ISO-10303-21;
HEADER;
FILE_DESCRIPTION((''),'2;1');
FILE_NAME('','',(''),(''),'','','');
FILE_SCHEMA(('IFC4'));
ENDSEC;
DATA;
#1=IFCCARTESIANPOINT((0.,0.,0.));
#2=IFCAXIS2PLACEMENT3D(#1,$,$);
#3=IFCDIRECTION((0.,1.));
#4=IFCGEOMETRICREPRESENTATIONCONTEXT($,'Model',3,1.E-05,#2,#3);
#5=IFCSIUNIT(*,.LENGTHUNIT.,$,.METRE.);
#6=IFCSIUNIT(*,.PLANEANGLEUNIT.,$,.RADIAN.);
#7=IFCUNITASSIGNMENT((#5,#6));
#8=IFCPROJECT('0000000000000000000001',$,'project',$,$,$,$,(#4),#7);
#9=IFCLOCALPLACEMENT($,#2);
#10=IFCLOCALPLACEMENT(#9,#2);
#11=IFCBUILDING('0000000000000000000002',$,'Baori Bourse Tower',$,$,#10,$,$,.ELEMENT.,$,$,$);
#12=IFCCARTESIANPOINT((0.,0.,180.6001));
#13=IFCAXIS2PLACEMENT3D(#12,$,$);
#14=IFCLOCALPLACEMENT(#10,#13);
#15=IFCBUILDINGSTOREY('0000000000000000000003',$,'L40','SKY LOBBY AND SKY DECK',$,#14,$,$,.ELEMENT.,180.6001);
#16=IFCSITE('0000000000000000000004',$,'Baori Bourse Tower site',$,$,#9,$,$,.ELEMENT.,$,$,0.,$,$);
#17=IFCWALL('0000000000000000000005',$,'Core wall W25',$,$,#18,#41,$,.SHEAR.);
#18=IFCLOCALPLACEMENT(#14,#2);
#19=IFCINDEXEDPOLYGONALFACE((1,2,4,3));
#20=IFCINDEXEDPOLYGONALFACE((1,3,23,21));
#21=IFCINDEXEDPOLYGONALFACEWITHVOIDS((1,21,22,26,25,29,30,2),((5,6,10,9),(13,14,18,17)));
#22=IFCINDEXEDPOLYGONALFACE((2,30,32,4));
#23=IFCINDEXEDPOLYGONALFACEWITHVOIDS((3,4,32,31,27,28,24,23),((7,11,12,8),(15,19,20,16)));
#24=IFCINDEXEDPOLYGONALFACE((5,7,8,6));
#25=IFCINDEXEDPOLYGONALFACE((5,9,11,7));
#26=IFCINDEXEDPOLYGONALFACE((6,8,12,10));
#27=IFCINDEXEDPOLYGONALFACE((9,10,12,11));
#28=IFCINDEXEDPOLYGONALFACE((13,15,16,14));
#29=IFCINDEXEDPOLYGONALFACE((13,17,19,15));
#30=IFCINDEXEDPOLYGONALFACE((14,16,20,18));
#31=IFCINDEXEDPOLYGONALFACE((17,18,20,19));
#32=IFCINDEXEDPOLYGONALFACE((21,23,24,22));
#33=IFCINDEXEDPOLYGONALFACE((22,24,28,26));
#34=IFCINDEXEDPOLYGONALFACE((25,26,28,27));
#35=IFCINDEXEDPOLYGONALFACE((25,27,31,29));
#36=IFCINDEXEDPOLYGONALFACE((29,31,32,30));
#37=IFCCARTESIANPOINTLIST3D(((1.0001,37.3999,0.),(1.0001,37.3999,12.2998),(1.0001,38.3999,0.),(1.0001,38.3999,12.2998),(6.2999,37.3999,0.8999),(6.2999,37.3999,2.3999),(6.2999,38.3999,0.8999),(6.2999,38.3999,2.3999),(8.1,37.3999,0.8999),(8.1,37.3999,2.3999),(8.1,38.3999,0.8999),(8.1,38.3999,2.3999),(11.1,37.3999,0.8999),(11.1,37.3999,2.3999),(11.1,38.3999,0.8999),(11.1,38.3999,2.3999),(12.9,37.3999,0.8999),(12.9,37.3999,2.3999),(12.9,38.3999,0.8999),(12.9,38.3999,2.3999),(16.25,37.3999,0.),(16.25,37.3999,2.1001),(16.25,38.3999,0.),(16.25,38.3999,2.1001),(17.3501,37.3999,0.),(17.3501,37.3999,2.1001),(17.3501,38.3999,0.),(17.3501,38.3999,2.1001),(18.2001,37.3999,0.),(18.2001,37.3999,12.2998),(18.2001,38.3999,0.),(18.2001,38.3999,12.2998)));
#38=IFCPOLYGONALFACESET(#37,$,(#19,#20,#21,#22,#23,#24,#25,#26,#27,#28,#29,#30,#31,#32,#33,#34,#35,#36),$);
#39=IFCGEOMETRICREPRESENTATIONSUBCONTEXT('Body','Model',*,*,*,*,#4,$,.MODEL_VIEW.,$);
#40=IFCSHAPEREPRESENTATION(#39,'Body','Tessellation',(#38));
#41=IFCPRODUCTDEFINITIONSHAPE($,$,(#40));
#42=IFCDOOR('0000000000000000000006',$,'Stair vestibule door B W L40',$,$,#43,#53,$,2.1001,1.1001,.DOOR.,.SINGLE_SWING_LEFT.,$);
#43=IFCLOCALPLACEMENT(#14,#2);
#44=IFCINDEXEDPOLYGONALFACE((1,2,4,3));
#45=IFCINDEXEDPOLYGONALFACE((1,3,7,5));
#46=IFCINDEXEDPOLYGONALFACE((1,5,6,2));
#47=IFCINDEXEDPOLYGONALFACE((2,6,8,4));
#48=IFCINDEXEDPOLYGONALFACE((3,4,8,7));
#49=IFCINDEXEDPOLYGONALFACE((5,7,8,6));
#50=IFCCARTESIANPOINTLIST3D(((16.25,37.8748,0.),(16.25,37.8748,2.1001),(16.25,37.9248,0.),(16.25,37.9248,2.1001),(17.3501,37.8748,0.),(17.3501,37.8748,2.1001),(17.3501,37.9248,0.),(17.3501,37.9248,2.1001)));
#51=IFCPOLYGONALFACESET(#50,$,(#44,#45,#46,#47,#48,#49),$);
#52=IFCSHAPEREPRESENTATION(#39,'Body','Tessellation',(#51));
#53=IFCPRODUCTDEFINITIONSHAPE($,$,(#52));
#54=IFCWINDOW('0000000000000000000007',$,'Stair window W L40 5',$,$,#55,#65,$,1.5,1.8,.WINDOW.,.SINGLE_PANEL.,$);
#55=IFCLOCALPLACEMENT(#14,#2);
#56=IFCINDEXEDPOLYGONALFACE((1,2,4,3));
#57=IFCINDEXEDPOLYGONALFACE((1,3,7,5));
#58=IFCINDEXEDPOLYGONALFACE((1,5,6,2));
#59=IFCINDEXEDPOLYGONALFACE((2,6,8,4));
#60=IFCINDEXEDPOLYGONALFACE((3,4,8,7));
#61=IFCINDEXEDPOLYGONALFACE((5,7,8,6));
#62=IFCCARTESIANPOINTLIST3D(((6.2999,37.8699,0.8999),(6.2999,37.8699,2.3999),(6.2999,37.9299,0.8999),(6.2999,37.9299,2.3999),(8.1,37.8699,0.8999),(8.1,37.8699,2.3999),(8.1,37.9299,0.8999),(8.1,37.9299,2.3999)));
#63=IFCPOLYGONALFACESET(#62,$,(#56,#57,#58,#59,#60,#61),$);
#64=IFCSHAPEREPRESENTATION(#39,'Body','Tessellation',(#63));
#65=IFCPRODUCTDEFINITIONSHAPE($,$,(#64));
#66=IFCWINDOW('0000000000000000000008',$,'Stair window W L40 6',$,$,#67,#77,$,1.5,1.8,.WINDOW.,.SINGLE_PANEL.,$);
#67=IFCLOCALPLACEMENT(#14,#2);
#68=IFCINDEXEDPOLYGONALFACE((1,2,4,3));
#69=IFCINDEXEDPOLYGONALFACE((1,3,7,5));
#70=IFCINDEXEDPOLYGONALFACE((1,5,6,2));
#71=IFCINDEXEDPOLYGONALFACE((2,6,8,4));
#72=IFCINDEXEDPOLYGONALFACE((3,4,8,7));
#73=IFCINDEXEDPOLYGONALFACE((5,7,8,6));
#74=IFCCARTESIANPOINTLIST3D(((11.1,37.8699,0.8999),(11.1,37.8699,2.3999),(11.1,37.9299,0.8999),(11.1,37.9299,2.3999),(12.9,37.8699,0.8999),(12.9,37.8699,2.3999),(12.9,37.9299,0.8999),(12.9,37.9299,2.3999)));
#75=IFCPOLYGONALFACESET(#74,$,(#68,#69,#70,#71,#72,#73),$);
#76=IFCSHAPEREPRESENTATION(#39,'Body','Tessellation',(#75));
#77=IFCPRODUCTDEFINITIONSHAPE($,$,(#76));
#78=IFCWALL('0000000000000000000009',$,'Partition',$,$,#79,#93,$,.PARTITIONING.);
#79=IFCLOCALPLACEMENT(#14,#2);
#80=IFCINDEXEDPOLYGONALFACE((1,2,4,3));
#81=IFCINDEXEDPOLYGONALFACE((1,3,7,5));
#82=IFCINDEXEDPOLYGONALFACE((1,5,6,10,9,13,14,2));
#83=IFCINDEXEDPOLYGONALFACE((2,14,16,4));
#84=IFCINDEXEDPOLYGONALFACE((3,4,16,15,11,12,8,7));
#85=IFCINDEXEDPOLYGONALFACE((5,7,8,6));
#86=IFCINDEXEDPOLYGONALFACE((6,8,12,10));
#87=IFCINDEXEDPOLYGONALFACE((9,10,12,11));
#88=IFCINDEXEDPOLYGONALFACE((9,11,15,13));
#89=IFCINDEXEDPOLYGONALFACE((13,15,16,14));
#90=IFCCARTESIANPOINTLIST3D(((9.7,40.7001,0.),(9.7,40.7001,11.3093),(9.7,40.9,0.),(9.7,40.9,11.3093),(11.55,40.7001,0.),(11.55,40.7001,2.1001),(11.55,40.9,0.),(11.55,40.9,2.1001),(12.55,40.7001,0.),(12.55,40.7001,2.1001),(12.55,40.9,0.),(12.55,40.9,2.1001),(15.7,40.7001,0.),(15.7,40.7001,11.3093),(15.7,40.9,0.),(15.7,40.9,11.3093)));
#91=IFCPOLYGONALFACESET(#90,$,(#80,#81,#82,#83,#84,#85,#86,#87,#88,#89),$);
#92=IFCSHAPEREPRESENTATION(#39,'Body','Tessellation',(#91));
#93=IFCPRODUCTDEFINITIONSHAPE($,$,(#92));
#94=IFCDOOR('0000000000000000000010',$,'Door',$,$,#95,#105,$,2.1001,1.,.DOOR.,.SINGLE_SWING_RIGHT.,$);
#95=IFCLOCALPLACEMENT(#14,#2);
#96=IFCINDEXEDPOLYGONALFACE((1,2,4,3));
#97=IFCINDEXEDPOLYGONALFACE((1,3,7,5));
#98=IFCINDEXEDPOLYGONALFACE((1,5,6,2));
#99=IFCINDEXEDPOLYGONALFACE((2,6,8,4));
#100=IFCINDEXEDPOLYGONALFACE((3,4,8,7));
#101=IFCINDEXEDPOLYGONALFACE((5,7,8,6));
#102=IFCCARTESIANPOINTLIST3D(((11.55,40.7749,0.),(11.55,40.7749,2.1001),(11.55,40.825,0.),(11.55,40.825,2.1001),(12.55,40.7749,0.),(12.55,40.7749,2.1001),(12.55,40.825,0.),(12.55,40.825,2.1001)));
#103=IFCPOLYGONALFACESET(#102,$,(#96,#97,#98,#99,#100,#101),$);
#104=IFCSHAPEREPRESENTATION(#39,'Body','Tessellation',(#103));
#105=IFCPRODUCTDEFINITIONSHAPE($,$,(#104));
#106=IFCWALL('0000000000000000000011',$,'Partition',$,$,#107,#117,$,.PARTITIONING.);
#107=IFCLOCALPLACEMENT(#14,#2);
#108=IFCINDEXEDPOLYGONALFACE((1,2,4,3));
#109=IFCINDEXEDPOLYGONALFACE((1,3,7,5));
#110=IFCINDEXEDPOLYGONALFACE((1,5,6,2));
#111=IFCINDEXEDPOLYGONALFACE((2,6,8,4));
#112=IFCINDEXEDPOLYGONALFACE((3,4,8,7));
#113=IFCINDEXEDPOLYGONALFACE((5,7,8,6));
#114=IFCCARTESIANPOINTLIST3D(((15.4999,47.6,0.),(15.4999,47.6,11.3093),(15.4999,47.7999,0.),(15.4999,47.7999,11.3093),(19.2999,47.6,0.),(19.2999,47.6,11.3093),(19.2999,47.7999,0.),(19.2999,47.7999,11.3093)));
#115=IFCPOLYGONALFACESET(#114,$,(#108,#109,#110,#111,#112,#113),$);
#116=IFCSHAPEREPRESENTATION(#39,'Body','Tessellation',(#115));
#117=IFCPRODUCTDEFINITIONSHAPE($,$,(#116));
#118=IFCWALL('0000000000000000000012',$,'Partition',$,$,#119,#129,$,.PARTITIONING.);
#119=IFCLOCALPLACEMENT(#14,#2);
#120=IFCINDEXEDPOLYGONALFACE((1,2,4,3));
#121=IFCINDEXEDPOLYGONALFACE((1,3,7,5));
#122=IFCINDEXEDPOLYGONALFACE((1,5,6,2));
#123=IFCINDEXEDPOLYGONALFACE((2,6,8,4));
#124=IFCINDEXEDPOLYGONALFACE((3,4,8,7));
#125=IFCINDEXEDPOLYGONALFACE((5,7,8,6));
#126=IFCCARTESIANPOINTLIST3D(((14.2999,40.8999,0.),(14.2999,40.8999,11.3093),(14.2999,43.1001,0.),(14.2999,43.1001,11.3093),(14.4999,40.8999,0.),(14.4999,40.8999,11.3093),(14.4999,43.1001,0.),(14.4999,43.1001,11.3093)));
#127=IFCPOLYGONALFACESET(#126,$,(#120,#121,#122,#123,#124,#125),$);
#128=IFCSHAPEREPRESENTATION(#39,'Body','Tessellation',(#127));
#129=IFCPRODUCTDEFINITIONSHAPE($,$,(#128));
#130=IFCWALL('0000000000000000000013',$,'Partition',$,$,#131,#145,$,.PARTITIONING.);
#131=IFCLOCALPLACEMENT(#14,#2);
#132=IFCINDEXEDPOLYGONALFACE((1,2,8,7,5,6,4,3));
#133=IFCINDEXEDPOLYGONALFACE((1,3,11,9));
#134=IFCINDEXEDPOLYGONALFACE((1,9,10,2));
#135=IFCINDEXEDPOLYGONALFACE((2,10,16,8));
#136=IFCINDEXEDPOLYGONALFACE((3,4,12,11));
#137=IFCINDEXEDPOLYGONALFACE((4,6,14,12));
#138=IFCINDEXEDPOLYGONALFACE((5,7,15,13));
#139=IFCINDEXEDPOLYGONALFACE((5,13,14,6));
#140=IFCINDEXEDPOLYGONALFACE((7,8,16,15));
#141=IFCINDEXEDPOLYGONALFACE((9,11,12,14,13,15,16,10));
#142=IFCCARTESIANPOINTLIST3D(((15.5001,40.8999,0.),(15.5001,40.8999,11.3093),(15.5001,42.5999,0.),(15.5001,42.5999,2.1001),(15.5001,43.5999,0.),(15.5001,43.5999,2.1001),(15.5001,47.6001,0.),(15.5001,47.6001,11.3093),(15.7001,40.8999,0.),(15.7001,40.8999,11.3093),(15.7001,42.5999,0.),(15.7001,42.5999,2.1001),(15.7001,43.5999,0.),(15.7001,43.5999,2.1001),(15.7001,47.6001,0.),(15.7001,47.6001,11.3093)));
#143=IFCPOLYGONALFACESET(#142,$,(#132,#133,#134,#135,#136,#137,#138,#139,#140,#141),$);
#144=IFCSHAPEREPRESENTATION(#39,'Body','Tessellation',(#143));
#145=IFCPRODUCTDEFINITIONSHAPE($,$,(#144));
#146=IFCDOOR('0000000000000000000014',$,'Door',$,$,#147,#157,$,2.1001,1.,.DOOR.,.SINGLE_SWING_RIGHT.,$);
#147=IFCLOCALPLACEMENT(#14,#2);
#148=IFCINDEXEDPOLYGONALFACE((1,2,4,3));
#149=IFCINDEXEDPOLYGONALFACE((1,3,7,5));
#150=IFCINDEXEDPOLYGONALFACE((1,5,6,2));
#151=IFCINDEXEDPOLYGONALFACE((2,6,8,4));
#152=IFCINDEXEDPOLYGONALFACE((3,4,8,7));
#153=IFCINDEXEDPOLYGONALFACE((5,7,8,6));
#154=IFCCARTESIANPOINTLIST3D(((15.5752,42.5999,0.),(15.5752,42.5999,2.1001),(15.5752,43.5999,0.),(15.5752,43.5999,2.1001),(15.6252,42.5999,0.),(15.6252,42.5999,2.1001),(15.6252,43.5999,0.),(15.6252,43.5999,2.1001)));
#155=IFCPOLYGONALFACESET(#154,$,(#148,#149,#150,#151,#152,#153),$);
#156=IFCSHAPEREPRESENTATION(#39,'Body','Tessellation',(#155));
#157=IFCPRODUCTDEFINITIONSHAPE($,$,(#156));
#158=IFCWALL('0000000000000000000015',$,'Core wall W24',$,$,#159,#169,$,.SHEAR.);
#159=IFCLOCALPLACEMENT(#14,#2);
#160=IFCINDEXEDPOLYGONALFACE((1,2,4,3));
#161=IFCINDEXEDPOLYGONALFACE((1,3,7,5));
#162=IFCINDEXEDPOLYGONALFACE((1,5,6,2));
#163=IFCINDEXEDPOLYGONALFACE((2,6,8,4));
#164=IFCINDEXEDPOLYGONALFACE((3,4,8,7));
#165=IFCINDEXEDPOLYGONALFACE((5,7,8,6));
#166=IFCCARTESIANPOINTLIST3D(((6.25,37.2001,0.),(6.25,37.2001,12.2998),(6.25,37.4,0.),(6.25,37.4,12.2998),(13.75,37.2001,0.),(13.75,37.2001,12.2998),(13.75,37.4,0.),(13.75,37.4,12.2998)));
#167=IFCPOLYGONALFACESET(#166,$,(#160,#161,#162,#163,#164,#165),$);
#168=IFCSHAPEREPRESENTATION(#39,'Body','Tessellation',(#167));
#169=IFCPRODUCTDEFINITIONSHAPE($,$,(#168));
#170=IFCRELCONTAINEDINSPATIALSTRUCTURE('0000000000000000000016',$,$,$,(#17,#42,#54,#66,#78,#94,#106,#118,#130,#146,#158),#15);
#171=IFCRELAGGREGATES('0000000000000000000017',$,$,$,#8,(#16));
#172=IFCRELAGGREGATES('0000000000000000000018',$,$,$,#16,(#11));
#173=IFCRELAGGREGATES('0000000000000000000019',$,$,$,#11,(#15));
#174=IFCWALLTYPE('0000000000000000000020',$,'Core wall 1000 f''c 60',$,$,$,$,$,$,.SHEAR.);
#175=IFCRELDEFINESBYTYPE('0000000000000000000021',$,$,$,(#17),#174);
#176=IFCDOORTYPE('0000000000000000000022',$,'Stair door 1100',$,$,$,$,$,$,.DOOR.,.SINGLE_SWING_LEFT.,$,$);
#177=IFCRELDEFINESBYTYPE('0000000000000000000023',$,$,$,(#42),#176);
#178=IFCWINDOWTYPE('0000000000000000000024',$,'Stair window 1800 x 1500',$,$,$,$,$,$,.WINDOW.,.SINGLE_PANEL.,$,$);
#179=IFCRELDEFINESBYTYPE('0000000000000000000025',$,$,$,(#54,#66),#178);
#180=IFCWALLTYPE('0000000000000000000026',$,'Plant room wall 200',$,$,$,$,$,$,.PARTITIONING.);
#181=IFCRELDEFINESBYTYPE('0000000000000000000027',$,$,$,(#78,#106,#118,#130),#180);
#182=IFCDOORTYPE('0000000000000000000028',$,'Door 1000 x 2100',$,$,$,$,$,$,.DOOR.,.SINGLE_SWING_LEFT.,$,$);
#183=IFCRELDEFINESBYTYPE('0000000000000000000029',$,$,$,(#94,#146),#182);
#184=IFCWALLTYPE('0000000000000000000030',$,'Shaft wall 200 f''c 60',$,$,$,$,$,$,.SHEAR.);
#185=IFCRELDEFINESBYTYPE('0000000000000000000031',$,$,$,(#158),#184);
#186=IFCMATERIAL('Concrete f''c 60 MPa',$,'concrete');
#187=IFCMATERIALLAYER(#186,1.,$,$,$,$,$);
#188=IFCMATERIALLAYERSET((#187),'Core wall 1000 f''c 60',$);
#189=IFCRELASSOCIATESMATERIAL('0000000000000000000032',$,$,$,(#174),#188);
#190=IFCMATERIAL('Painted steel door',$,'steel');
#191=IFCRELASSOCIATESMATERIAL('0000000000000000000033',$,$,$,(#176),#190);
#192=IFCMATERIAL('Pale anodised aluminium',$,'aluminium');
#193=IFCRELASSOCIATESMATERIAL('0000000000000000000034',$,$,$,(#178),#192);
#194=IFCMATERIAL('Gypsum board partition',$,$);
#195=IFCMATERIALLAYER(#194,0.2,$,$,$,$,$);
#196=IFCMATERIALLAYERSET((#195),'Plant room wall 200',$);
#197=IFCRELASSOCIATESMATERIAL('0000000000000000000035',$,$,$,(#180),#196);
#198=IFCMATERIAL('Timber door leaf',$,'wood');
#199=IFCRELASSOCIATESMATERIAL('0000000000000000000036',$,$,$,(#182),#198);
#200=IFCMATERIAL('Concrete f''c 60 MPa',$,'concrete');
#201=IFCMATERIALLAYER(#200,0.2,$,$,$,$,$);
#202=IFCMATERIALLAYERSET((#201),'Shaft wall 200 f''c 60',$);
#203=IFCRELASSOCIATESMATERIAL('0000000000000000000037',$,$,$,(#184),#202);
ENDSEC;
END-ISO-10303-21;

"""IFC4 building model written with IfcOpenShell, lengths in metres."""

from ifc_helpers import new_model, si_unit, direction, frame, frame_2d, origin, place, context, subcontext, project, spatial, rectangle, extrude, material, layer, layer_set, type_object, element, fill, save


model = new_model("IFC4")

# Units and contexts
model_context = context("Model", 3, precision=1e-05, world=origin(), true_north=direction((0.0, 1.0)))
body_context = subcontext(model_context, "Body", "Model", "MODEL_VIEW")
ifc_project = project(units=[si_unit("LENGTHUNIT", "METRE"), si_unit("PLANEANGLEUNIT", "RADIAN")], contexts=[model_context])

# Site, building, storey
site_placement = place(None, origin())
site = spatial("IfcSite", under=ifc_project, at=site_placement, Name="Baori Bourse Tower site", CompositionType="ELEMENT", RefElevation=0.0)
building_placement = place(site_placement, origin())
building = spatial("IfcBuilding", under=site, at=building_placement, Name="Baori Bourse Tower", CompositionType="ELEMENT")
storey_placement = place(building_placement, frame((0.0, 0.0, 180.6001)))
storey = spatial("IfcBuildingStorey", under=building, at=storey_placement, Name="L40", Description="SKY LOBBY AND SKY DECK", CompositionType="ELEMENT", Elevation=180.6001)

# Wall, openings, door, windows
ifc_material_1 = material(Name="Concrete f'c 60 MPa", Category="concrete")
ifc_layer_1 = layer(ifc_material_1, 1.0)
ifc_layer_set_1 = layer_set([ifc_layer_1], Name="Core wall 1000 f'c 60")
wall_type_1 = type_object("IfcWallType", Name="Core wall 1000 f'c 60", PredefinedType="SHEAR", material=ifc_layer_set_1)
wall_1_placement = place(storey_placement, frame((1.0, 37.8999, 0.0), z_axis=(0.0, 0.0, 1.0), x_axis=(1.0, 0.0, 0.0)))
wall_1 = element("IfcWall", 1, at=wall_1_placement, inside=storey, type_object=wall_type_1, Name="Core wall W25", PredefinedType="SHEAR", context=body_context, shape_type="SweptSolid", body=[
    extrude(rectangle(XDim=17.2, YDim=1.0, at=frame_2d((8.6001, 0.0))), origin(), (0.0, 0.0, 1.0), 12.2998),
])
opening_1_placement = place(wall_1_placement, frame((15.25, 0.0, 0.0)))
opening_1 = element("IfcOpeningElement", 2, at=opening_1_placement, cuts=wall_1, PredefinedType="OPENING", context=body_context, shape_type="SweptSolid", body=[
    extrude(rectangle(XDim=1.1001, YDim=2.1001, at=frame_2d((0.55, 1.05))), frame((0.0, 0.51, 0.0), z_axis=(0.0, -1.0, 0.0), x_axis=(1.0, 0.0, 0.0)), (0.0, 0.0, 1.0), 1.02),
])
opening_2_placement = place(wall_1_placement, frame((5.3, 0.0, 0.8999)))
opening_2 = element("IfcOpeningElement", 3, at=opening_2_placement, cuts=wall_1, PredefinedType="OPENING", context=body_context, shape_type="SweptSolid", body=[
    extrude(rectangle(XDim=1.8, YDim=1.5, at=frame_2d((0.8999, 0.75))), frame((0.0, 0.51, 0.0), z_axis=(0.0, -1.0, 0.0), x_axis=(1.0, 0.0, 0.0)), (0.0, 0.0, 1.0), 1.02),
])
opening_3_placement = place(wall_1_placement, frame((10.1001, 0.0, 0.8999)))
opening_3 = element("IfcOpeningElement", 4, at=opening_3_placement, cuts=wall_1, PredefinedType="OPENING", context=body_context, shape_type="SweptSolid", body=[
    extrude(rectangle(XDim=1.8, YDim=1.5, at=frame_2d((0.8999, 0.75))), frame((0.0, 0.51, 0.0), z_axis=(0.0, -1.0, 0.0), x_axis=(1.0, 0.0, 0.0)), (0.0, 0.0, 1.0), 1.02),
])
ifc_material_2 = material(Name="Painted steel door", Category="steel")
door_type_1 = type_object("IfcDoorType", Name="Stair door 1100", OperationType="SINGLE_SWING_LEFT", PredefinedType="DOOR", material=ifc_material_2)
door_1_placement = place(opening_1_placement, origin())
door_1 = element("IfcDoor", 5, at=door_1_placement, inside=storey, type_object=door_type_1, Name="Stair vestibule door B W L40", OperationType="SINGLE_SWING_LEFT", OverallHeight=2.1001, OverallWidth=1.1001, PredefinedType="DOOR", context=body_context, shape_type="SweptSolid", body=[
    extrude(rectangle(XDim=1.1001, YDim=2.1001, at=frame_2d((0.55, 1.05))), frame((0.0, 0.0249, 0.0), z_axis=(0.0, -1.0, 0.0), x_axis=(1.0, 0.0, 0.0)), (0.0, 0.0, 1.0), 0.05),
])
fill(opening_1, door_1)
ifc_material_3 = material(Name="Pale anodised aluminium", Category="aluminium")
window_type = type_object("IfcWindowType", Name="Stair window 1800 x 1500", PartitioningType="SINGLE_PANEL", PredefinedType="WINDOW", material=ifc_material_3)
window_1_placement = place(opening_2_placement, origin())
window_1 = element("IfcWindow", 6, at=window_1_placement, inside=storey, type_object=window_type, Name="Stair window W L40 5", OverallHeight=1.5, OverallWidth=1.8, PartitioningType="SINGLE_PANEL", PredefinedType="WINDOW", context=body_context, shape_type="SweptSolid", body=[
    extrude(rectangle(XDim=1.8, YDim=1.5, at=frame_2d((0.8999, 0.75))), frame((0.0, 0.03, 0.0), z_axis=(0.0, -1.0, 0.0), x_axis=(1.0, 0.0, 0.0)), (0.0, 0.0, 1.0), 0.0601),
])
fill(opening_2, window_1)
window_2_placement = place(opening_3_placement, origin())
window_2 = element("IfcWindow", 7, at=window_2_placement, inside=storey, type_object=window_type, Name="Stair window W L40 6", OverallHeight=1.5, OverallWidth=1.8, PartitioningType="SINGLE_PANEL", PredefinedType="WINDOW", context=body_context, shape_type="SweptSolid", body=[
    extrude(rectangle(XDim=1.8, YDim=1.5, at=frame_2d((0.8999, 0.75))), frame((0.0, 0.03, 0.0), z_axis=(0.0, -1.0, 0.0), x_axis=(1.0, 0.0, 0.0)), (0.0, 0.0, 1.0), 0.0601),
])
fill(opening_3, window_2)

# Wall, opening, door
ifc_material_4 = material(Name="Gypsum board partition")
ifc_layer_2 = layer(ifc_material_4, 0.2)
ifc_layer_set_2 = layer_set([ifc_layer_2], Name="Plant room wall 200")
wall_type_2 = type_object("IfcWallType", Name="Plant room wall 200", PredefinedType="PARTITIONING", material=ifc_layer_set_2)
wall_2_placement = place(storey_placement, frame((9.7, 40.8, 0.0), z_axis=(0.0, 0.0, 1.0), x_axis=(1.0, 0.0, 0.0)))
wall_2 = element("IfcWall", 8, at=wall_2_placement, inside=storey, type_object=wall_type_2, Name="Partition", PredefinedType="PARTITIONING", context=body_context, shape_type="SweptSolid", body=[
    extrude(rectangle(XDim=6.0, YDim=0.2, at=frame_2d((3.0, 0.0))), origin(), (0.0, 0.0, 1.0), 11.3093),
])
opening_4_placement = place(wall_2_placement, frame((1.8501, 0.0, 0.0)))
opening_4 = element("IfcOpeningElement", 9, at=opening_4_placement, cuts=wall_2, PredefinedType="OPENING", context=body_context, shape_type="SweptSolid", body=[
    extrude(rectangle(XDim=1.0, YDim=2.1001, at=frame_2d((0.5, 1.05))), frame((0.0, 0.1099, 0.0), z_axis=(0.0, -1.0, 0.0), x_axis=(1.0, 0.0, 0.0)), (0.0, 0.0, 1.0), 0.22),
])
ifc_material_5 = material(Name="Timber door leaf", Category="wood")
door_type_2 = type_object("IfcDoorType", Name="Door 1000 x 2100", OperationType="SINGLE_SWING_LEFT", PredefinedType="DOOR", material=ifc_material_5)
door_2_placement = place(opening_4_placement, origin())
door_2 = element("IfcDoor", 10, at=door_2_placement, inside=storey, type_object=door_type_2, Name="Door", OperationType="SINGLE_SWING_RIGHT", OverallHeight=2.1001, OverallWidth=1.0, PredefinedType="DOOR", context=body_context, shape_type="SweptSolid", body=[
    extrude(rectangle(XDim=1.0, YDim=2.1001, at=frame_2d((0.5, 1.05))), frame((0.0, 0.0249, 0.0), z_axis=(0.0, -1.0, 0.0), x_axis=(1.0, 0.0, 0.0)), (0.0, 0.0, 1.0), 0.05),
])
fill(opening_4, door_2)

# Walls
wall_3_placement = place(storey_placement, frame((15.5, 47.7, 0.0), z_axis=(0.0, 0.0, 1.0), x_axis=(1.0, 0.0, 0.0)))
element("IfcWall", 11, at=wall_3_placement, inside=storey, type_object=wall_type_2, Name="Partition", PredefinedType="PARTITIONING", context=body_context, shape_type="SweptSolid", body=[
    extrude(rectangle(XDim=3.8, YDim=0.2, at=frame_2d((1.8999, 0.0))), origin(), (0.0, 0.0, 1.0), 11.3093),
])
wall_4_placement = place(storey_placement, frame((14.3999, 40.8999, 0.0), z_axis=(0.0, 0.0, 1.0), x_axis=(0.0, 1.0, 0.0)))
element("IfcWall", 12, at=wall_4_placement, inside=storey, type_object=wall_type_2, Name="Partition", PredefinedType="PARTITIONING", context=body_context, shape_type="SweptSolid", body=[
    extrude(rectangle(XDim=2.2002, YDim=0.2, at=frame_2d((1.1001, 0.0))), origin(), (0.0, 0.0, 1.0), 11.3093),
])

# Wall, opening, door
wall_5_placement = place(storey_placement, frame((15.6001, 40.8999, 0.0), z_axis=(0.0, 0.0, 1.0), x_axis=(0.0, 1.0, 0.0)))
wall_5 = element("IfcWall", 13, at=wall_5_placement, inside=storey, type_object=wall_type_2, Name="Partition", PredefinedType="PARTITIONING", context=body_context, shape_type="SweptSolid", body=[
    extrude(rectangle(XDim=6.7002, YDim=0.2, at=frame_2d((3.3501, 0.0))), origin(), (0.0, 0.0, 1.0), 11.3093),
])
opening_5_placement = place(wall_5_placement, frame((1.7, 0.0, 0.0)))
opening_5 = element("IfcOpeningElement", 14, at=opening_5_placement, cuts=wall_5, PredefinedType="OPENING", context=body_context, shape_type="SweptSolid", body=[
    extrude(rectangle(XDim=1.0, YDim=2.1001, at=frame_2d((0.5, 1.05))), frame((0.0, 0.1099, 0.0), z_axis=(0.0, -1.0, 0.0), x_axis=(1.0, 0.0, 0.0)), (0.0, 0.0, 1.0), 0.22),
])
door_3_placement = place(opening_5_placement, origin())
door_3 = element("IfcDoor", 15, at=door_3_placement, inside=storey, type_object=door_type_2, Name="Door", OperationType="SINGLE_SWING_RIGHT", OverallHeight=2.1001, OverallWidth=1.0, PredefinedType="DOOR", context=body_context, shape_type="SweptSolid", body=[
    extrude(rectangle(XDim=1.0, YDim=2.1001, at=frame_2d((0.5, 1.05))), frame((0.0, 0.0249, 0.0), z_axis=(0.0, -1.0, 0.0), x_axis=(1.0, 0.0, 0.0)), (0.0, 0.0, 1.0), 0.05),
])
fill(opening_5, door_3)

# Wall
ifc_material_6 = material(Name="Concrete f'c 60 MPa", Category="concrete")
ifc_layer_3 = layer(ifc_material_6, 0.2)
ifc_layer_set_3 = layer_set([ifc_layer_3], Name="Shaft wall 200 f'c 60")
wall_type_3 = type_object("IfcWallType", Name="Shaft wall 200 f'c 60", PredefinedType="SHEAR", material=ifc_layer_set_3)
wall_6_placement = place(storey_placement, frame((6.25, 37.3, 0.0), z_axis=(0.0, 0.0, 1.0), x_axis=(1.0, 0.0, 0.0)))
element("IfcWall", 16, at=wall_6_placement, inside=storey, type_object=wall_type_3, Name="Core wall W24", PredefinedType="SHEAR", context=body_context, shape_type="SweptSolid", body=[
    extrude(rectangle(XDim=7.5, YDim=0.2, at=frame_2d((3.75, 0.0))), origin(), (0.0, 0.0, 1.0), 12.2998),
])

save(model, "model.ifc")
